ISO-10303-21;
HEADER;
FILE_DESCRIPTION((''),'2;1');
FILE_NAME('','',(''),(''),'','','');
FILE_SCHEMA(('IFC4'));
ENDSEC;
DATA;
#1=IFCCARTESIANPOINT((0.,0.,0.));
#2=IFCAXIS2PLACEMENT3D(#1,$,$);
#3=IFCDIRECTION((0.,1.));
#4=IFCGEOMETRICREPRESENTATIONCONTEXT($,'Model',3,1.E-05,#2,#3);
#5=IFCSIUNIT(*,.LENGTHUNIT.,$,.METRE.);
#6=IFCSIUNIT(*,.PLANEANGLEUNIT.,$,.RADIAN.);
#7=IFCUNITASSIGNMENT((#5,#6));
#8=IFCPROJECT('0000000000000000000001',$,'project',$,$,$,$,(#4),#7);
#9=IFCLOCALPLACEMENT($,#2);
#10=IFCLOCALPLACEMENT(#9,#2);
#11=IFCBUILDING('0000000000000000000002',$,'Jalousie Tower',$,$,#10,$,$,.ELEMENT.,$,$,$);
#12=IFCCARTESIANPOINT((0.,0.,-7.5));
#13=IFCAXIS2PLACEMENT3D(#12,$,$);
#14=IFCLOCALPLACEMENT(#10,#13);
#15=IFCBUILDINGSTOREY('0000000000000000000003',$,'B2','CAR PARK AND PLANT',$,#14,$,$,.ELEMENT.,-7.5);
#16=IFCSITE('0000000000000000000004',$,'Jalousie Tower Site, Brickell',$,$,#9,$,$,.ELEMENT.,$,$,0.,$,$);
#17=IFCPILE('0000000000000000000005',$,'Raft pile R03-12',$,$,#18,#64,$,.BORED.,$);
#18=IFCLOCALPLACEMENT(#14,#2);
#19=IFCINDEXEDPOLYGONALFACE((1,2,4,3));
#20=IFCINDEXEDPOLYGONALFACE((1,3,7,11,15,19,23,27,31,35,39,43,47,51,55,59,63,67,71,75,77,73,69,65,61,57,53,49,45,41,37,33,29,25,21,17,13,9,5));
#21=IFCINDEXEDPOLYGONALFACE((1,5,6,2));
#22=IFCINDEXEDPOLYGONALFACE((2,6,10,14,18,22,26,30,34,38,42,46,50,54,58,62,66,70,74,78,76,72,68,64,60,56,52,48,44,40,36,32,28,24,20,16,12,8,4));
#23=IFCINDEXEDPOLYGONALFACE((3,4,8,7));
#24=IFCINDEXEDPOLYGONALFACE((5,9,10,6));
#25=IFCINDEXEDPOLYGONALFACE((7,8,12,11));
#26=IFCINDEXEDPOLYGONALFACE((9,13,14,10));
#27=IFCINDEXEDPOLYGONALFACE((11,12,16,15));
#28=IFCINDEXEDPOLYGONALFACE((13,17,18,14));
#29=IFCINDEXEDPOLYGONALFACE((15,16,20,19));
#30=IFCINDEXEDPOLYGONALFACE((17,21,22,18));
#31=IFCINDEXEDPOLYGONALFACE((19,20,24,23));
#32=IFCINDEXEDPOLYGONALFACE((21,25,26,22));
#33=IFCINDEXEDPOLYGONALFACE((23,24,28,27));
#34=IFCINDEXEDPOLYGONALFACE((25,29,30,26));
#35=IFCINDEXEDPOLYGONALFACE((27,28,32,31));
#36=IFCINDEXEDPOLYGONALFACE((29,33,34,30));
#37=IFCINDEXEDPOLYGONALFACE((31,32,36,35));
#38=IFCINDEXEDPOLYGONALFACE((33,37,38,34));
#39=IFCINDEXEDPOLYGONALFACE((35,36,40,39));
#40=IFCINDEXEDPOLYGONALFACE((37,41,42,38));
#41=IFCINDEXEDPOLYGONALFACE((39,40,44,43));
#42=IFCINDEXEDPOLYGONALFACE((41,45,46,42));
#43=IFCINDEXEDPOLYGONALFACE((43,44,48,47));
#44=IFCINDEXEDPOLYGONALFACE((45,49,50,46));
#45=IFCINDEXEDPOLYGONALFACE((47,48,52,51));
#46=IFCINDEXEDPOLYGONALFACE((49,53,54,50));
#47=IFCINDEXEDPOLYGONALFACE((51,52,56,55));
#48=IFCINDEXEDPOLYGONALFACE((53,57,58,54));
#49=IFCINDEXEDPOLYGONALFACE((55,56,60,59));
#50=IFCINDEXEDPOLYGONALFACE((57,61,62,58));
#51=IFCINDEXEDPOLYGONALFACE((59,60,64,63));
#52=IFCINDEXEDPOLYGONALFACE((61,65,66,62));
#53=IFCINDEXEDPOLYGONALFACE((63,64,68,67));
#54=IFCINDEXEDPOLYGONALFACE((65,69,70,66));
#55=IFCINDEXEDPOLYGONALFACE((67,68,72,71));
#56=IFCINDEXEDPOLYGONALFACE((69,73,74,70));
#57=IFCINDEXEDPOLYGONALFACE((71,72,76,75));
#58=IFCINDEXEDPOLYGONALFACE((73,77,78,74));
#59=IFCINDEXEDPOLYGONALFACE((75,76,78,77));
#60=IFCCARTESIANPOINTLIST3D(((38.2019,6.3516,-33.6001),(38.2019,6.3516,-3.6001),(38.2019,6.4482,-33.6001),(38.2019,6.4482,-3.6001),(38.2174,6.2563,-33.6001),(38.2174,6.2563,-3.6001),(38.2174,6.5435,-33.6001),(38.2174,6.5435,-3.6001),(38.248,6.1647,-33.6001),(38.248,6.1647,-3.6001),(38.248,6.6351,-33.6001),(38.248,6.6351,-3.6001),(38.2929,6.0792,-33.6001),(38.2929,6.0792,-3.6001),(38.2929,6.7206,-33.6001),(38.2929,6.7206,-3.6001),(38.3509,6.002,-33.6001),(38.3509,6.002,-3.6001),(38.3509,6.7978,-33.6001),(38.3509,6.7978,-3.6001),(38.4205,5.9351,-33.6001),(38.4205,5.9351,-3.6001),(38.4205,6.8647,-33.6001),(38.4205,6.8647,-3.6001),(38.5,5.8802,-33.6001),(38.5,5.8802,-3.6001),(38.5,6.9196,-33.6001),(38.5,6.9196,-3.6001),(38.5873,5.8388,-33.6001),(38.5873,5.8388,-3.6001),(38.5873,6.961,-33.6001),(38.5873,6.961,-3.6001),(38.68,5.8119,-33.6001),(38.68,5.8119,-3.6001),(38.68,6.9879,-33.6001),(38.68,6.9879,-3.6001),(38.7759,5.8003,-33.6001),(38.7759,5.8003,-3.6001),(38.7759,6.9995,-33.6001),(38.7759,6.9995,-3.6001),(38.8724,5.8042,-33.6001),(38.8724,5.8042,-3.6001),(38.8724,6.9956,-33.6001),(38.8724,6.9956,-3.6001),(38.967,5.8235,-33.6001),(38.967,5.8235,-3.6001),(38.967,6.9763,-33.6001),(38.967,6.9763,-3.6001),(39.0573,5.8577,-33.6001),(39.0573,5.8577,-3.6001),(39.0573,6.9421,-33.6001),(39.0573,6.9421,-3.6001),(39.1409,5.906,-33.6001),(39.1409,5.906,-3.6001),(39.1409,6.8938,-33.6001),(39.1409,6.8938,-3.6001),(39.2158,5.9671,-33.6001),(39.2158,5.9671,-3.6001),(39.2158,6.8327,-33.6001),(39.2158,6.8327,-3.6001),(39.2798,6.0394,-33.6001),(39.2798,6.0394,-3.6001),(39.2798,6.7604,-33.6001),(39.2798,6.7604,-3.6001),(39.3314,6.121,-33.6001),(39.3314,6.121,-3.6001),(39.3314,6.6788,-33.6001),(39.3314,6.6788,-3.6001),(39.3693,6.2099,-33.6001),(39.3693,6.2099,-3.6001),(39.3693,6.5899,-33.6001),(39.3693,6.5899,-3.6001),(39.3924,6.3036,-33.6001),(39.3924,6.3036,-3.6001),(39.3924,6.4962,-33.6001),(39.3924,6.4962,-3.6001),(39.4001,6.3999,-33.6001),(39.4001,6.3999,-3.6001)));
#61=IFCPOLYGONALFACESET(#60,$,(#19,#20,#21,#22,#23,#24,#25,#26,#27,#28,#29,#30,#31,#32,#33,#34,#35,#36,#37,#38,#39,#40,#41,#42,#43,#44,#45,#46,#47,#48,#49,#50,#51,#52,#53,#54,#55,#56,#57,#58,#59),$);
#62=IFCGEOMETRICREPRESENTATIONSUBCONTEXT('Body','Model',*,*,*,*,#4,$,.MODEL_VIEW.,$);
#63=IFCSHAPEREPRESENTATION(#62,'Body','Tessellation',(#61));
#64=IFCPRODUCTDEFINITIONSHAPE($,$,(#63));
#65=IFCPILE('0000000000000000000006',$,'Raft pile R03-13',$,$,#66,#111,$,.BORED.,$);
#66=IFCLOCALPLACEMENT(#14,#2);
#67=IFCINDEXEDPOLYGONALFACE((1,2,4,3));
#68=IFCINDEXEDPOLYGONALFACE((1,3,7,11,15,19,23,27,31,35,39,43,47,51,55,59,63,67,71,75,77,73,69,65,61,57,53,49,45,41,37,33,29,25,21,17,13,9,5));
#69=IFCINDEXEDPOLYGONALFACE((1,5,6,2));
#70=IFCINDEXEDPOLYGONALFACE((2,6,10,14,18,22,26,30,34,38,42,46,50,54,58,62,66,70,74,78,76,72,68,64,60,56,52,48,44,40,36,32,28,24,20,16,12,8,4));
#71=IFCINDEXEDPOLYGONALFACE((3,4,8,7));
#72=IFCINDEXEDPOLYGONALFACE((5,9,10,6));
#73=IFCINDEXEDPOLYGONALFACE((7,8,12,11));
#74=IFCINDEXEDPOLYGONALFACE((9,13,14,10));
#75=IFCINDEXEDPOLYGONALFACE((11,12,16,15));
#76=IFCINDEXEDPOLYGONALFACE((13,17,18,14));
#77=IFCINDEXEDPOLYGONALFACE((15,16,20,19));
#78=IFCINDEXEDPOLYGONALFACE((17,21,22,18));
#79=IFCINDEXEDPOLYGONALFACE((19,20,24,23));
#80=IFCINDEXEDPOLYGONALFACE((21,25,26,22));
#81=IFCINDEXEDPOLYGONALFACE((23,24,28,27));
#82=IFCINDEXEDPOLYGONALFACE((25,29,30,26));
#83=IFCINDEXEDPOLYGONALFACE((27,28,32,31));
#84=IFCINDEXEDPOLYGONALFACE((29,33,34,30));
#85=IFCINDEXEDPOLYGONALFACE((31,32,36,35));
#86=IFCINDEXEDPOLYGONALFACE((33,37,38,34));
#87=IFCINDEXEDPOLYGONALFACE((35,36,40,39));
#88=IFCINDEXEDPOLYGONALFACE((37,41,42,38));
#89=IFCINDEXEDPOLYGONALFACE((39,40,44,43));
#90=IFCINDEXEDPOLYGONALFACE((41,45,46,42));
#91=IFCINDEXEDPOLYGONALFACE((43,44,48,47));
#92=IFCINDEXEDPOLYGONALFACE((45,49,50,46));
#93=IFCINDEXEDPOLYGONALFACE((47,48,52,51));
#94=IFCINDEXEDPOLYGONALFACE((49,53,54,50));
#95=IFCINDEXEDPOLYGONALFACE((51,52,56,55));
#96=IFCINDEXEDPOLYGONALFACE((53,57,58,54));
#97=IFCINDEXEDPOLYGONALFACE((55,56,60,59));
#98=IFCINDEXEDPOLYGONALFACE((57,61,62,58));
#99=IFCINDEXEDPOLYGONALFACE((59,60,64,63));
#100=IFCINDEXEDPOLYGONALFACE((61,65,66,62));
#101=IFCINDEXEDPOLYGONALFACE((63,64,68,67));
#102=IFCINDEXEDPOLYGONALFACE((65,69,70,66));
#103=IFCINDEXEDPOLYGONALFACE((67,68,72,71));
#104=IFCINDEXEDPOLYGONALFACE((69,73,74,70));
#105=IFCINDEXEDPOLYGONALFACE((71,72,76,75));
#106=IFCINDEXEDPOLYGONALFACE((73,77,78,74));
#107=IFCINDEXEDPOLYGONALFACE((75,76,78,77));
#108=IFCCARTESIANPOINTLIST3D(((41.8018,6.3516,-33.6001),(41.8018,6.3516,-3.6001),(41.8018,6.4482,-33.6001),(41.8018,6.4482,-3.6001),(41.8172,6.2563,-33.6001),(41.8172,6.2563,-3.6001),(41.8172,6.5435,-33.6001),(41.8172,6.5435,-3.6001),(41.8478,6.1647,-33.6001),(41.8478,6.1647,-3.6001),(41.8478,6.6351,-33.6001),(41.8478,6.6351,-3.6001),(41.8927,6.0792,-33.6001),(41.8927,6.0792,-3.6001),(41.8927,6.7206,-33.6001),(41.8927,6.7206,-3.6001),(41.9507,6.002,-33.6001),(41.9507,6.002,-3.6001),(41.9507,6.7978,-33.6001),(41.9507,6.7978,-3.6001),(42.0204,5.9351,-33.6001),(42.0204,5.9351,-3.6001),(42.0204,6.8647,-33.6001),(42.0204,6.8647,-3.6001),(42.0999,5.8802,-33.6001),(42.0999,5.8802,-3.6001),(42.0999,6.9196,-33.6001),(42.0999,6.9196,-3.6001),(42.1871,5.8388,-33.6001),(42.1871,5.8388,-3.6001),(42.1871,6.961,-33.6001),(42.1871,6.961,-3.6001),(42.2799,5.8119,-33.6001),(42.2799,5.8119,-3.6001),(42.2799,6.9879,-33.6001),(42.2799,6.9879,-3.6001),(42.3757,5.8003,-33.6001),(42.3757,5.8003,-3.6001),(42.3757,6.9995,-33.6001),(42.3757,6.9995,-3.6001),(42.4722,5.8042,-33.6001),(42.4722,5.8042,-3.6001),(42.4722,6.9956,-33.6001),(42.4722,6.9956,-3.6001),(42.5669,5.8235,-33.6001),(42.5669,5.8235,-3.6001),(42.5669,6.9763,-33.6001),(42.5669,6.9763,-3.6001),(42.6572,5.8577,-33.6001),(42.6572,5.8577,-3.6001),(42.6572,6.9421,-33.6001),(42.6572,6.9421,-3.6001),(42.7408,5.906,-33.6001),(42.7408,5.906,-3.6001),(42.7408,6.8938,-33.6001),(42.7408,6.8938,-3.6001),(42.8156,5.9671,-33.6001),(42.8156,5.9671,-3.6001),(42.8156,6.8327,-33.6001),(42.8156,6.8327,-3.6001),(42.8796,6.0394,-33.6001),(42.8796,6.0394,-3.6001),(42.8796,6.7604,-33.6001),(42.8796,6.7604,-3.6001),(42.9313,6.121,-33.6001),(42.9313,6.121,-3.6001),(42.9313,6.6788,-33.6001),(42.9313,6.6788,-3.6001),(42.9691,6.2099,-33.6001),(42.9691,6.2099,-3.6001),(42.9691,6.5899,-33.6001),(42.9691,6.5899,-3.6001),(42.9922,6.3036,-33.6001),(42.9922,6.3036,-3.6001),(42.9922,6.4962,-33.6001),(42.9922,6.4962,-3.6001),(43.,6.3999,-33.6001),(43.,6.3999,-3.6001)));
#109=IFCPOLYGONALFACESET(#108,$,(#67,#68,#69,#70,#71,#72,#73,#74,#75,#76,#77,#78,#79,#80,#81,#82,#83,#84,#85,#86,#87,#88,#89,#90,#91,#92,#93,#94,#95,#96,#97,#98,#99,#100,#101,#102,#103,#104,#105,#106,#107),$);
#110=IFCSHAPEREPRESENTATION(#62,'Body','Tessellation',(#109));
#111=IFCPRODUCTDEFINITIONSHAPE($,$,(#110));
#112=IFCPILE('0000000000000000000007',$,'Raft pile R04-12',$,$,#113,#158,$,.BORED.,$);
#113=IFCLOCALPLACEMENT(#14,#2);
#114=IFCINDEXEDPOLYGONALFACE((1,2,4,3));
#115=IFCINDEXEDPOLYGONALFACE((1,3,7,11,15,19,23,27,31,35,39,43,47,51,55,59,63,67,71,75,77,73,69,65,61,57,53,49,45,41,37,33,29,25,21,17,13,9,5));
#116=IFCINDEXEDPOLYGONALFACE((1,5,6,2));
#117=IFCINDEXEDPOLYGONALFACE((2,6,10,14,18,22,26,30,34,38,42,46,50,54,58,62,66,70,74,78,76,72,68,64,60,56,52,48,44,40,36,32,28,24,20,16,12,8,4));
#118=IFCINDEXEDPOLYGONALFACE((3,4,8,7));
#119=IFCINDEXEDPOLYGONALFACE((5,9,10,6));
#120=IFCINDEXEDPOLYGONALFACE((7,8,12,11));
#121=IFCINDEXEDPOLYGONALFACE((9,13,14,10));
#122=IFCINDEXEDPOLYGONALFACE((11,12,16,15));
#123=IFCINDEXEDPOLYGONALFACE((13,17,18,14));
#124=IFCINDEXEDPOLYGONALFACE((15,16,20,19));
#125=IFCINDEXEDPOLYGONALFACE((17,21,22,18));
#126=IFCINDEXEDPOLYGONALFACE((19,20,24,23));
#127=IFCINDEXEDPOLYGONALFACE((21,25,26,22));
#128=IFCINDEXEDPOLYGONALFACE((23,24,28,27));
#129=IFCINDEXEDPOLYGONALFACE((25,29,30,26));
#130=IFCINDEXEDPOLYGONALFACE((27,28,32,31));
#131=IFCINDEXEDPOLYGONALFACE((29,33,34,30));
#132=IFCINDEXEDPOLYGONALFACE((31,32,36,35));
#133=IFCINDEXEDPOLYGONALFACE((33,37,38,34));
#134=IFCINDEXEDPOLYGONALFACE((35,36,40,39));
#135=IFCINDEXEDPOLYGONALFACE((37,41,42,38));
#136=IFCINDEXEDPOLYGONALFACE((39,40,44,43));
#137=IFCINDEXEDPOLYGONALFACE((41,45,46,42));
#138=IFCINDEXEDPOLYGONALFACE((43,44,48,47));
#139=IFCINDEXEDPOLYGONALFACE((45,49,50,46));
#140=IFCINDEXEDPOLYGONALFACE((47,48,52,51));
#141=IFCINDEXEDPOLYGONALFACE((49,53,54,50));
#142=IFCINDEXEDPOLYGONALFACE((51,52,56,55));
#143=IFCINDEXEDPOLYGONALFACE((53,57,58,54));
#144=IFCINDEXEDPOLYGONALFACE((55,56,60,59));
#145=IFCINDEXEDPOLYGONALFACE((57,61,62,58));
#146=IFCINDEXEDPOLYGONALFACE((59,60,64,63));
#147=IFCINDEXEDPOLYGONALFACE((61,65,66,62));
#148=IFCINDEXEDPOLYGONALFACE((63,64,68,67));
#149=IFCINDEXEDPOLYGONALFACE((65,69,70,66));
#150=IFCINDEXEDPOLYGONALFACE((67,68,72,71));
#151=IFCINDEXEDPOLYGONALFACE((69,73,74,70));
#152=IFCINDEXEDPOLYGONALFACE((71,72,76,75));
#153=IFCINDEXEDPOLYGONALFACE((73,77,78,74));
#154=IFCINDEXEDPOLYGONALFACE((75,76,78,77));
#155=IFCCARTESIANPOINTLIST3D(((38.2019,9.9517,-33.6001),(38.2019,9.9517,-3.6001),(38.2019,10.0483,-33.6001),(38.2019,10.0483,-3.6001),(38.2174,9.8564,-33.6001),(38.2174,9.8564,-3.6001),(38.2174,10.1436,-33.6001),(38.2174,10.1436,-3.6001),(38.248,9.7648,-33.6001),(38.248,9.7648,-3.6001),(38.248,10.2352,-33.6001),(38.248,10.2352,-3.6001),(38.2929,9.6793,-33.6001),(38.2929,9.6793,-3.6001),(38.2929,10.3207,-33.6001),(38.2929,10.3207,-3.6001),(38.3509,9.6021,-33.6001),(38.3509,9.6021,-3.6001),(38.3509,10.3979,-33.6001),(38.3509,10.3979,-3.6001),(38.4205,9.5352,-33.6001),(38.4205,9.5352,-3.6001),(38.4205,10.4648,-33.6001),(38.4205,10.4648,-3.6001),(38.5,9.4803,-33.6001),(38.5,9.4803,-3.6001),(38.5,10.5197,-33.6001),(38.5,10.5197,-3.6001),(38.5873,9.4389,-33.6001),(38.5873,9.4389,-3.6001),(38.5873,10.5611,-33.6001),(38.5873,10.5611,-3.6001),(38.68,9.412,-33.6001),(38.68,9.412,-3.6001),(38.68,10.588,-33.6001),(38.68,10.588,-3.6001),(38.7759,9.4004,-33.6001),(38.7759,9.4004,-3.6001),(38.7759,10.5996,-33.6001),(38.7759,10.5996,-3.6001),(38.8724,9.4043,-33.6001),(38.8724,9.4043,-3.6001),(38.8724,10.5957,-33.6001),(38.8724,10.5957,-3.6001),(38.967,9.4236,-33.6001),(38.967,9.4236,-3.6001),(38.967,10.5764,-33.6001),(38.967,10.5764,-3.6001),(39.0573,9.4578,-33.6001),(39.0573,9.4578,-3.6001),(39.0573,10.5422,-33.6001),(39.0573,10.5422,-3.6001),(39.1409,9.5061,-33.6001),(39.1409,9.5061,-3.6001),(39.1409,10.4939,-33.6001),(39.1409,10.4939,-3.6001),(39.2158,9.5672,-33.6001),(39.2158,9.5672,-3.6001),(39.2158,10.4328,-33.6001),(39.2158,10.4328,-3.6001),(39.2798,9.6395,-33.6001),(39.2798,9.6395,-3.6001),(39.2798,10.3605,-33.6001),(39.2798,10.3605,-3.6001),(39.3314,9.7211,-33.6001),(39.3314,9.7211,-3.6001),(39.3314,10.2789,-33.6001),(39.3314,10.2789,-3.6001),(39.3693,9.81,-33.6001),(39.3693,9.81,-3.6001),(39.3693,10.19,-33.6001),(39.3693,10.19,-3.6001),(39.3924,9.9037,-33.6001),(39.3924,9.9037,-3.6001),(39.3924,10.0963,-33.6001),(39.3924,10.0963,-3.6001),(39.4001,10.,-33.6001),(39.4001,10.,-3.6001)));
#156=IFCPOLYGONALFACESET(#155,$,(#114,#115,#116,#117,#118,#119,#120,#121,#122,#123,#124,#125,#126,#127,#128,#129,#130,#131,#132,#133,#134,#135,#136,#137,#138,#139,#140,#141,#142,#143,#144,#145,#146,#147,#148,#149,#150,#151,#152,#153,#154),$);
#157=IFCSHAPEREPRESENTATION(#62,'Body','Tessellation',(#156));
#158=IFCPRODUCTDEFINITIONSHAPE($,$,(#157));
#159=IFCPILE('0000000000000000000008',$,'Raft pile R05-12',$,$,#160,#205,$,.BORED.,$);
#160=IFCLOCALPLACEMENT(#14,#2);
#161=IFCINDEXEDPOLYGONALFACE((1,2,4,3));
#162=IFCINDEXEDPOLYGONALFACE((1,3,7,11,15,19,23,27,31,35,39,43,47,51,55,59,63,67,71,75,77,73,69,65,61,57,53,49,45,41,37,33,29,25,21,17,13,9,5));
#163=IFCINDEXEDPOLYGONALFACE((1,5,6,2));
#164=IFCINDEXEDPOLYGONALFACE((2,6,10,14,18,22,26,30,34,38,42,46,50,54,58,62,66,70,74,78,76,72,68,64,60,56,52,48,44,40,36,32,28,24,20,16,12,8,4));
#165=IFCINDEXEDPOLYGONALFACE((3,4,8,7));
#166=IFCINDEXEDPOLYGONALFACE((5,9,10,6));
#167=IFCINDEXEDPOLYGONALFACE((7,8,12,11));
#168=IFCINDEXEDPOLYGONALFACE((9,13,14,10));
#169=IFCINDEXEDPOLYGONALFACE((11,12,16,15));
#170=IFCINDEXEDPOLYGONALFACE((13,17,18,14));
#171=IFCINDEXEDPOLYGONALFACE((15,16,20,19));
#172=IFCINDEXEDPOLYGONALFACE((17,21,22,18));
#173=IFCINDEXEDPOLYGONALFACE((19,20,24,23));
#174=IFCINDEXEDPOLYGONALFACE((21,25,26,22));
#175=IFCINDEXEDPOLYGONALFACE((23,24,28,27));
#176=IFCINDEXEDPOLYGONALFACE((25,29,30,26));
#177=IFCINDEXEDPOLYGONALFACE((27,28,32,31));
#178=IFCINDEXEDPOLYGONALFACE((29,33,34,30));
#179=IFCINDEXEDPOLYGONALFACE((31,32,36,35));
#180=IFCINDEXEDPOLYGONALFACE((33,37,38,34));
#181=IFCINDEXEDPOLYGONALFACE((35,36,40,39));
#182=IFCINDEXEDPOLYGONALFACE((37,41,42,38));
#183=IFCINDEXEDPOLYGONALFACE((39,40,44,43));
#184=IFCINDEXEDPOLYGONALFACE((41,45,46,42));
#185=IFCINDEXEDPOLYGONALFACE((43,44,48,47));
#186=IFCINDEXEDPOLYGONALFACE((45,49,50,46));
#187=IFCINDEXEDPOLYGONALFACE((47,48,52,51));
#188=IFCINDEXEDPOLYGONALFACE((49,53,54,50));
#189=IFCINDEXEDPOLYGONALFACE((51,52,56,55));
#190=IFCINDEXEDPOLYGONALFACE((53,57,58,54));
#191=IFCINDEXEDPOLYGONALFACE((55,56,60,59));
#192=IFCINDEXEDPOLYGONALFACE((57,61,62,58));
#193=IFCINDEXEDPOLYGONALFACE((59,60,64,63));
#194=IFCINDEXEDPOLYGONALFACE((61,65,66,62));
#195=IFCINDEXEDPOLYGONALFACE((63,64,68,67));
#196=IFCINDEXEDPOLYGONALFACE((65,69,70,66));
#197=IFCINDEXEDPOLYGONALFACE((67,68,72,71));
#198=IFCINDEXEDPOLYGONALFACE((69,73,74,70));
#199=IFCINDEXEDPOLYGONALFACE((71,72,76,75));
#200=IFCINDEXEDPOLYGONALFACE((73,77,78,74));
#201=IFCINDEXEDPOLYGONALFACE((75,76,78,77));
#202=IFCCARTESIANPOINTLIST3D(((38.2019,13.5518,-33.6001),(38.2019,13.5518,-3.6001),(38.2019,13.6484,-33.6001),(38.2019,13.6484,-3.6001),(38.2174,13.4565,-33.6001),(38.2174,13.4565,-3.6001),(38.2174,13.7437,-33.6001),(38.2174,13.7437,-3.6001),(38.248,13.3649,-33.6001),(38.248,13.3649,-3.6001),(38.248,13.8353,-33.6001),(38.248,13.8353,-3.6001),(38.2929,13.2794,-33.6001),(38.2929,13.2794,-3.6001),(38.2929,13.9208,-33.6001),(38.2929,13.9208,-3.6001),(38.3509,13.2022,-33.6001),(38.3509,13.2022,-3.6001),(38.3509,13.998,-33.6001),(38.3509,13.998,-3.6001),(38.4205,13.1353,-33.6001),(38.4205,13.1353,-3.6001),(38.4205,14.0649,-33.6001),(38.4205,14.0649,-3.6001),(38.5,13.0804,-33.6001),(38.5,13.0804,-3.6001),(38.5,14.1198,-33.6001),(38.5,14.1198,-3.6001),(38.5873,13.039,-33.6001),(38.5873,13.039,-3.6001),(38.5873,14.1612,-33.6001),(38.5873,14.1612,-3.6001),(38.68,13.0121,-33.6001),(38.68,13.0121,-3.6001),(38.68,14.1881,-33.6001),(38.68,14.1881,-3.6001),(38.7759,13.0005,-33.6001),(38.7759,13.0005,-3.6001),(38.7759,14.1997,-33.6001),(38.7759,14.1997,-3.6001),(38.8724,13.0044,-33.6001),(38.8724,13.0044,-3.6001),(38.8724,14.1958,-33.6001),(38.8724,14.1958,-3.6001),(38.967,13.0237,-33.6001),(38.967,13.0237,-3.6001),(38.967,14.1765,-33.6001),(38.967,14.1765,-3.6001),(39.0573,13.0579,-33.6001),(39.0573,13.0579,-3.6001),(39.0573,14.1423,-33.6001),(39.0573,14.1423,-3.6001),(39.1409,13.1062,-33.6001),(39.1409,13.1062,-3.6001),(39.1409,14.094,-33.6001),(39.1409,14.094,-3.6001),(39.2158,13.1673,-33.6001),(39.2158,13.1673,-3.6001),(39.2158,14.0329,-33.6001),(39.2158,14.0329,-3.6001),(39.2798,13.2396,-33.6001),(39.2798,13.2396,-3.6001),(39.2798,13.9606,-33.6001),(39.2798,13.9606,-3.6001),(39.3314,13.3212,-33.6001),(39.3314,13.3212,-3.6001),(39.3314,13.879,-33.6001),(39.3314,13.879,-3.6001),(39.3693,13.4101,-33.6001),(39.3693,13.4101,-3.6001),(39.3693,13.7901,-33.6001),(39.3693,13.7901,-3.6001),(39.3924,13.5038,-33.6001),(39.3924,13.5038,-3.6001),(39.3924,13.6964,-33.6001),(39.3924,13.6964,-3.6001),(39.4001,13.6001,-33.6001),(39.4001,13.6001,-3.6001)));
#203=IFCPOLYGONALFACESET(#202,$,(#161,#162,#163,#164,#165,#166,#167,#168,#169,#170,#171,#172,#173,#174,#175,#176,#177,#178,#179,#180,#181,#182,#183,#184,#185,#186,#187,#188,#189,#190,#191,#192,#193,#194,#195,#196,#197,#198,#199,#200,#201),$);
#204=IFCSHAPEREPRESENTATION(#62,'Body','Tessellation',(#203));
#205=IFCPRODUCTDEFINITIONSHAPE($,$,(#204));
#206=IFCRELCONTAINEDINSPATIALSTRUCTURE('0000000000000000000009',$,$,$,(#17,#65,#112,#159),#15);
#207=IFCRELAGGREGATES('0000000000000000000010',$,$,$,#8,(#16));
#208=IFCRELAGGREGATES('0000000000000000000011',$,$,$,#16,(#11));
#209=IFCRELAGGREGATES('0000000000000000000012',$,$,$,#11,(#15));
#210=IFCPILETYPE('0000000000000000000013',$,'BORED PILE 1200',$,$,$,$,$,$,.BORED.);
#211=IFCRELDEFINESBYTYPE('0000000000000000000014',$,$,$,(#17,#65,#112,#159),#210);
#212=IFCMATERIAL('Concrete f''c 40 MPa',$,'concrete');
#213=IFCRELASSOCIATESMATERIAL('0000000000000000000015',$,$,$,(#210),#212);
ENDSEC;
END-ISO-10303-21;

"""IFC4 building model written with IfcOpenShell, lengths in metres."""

from ifc_helpers import new_model, si_unit, direction, frame, origin, origin_2d, place, context, subcontext, project, spatial, circle, extrude, material, material_profile, profile_set, type_object, element, save


model = new_model("IFC4")

# Units and contexts
model_context = context("Model", 3, precision=1e-05, world=origin(), true_north=direction((0.0, 1.0)))
body_context = subcontext(model_context, "Body", "Model", "MODEL_VIEW")
ifc_project = project(units=[si_unit("LENGTHUNIT", "METRE"), si_unit("PLANEANGLEUNIT", "RADIAN")], contexts=[model_context])

# Site, building, storey
site_placement = place(None, origin())
site = spatial("IfcSite", under=ifc_project, at=site_placement, Name="Jalousie Tower Site, Brickell", CompositionType="ELEMENT", RefElevation=0.0)
building_placement = place(site_placement, origin())
building = spatial("IfcBuilding", under=site, at=building_placement, Name="Jalousie Tower", CompositionType="ELEMENT")
storey_placement = place(building_placement, frame((0.0, 0.0, -7.5)))
storey = spatial("IfcBuildingStorey", under=building, at=storey_placement, Name="B2", Description="CAR PARK AND PLANT", CompositionType="ELEMENT", Elevation=-7.5)

# Piles
ifc_material_1 = material(Name="Concrete f'c 40 MPa", Category="concrete")
ifc_material_profile_1 = material_profile(ifc_material_1, circle(Radius=0.6001, at=origin_2d()), Name="BORED PILE D1200")
ifc_profile_set_1 = profile_set([ifc_material_profile_1], Name="Concrete f'c 40 MPa")
pile_type = type_object("IfcPileType", Name="BORED PILE 1200", PredefinedType="BORED", material=ifc_profile_set_1)
for number, where, z_axis, x_axis, name in (
    (1, (38.8, 6.3999, -3.6001), (0.0, 0.0, -1.0), (1.0, 0.0, 0.0), "Raft pile R03-12"),
    (2, (42.3999, 6.3999, -3.6001), (0.0, 0.0, -1.0), (1.0, 0.0, 0.0), "Raft pile R03-13"),
    (3, (38.8, 10.0, -3.6001), (0.0, 0.0, -1.0), (1.0, 0.0, 0.0), "Raft pile R04-12"),
    (4, (38.8, 13.6001, -3.6001), (0.0, 0.0, -1.0), (1.0, 0.0, 0.0), "Raft pile R05-12"),
):
    element("IfcPile", number, at=place(storey_placement, frame(where, z_axis=z_axis, x_axis=x_axis)), inside=storey, type_object=pile_type, Name=name, PredefinedType="BORED", context=body_context, shape_type="SweptSolid", body=[
        extrude(circle(Radius=0.6001, at=origin_2d()), origin(), (0.0, 0.0, 1.0), 30.0),
    ])

save(model, "model.ifc")
